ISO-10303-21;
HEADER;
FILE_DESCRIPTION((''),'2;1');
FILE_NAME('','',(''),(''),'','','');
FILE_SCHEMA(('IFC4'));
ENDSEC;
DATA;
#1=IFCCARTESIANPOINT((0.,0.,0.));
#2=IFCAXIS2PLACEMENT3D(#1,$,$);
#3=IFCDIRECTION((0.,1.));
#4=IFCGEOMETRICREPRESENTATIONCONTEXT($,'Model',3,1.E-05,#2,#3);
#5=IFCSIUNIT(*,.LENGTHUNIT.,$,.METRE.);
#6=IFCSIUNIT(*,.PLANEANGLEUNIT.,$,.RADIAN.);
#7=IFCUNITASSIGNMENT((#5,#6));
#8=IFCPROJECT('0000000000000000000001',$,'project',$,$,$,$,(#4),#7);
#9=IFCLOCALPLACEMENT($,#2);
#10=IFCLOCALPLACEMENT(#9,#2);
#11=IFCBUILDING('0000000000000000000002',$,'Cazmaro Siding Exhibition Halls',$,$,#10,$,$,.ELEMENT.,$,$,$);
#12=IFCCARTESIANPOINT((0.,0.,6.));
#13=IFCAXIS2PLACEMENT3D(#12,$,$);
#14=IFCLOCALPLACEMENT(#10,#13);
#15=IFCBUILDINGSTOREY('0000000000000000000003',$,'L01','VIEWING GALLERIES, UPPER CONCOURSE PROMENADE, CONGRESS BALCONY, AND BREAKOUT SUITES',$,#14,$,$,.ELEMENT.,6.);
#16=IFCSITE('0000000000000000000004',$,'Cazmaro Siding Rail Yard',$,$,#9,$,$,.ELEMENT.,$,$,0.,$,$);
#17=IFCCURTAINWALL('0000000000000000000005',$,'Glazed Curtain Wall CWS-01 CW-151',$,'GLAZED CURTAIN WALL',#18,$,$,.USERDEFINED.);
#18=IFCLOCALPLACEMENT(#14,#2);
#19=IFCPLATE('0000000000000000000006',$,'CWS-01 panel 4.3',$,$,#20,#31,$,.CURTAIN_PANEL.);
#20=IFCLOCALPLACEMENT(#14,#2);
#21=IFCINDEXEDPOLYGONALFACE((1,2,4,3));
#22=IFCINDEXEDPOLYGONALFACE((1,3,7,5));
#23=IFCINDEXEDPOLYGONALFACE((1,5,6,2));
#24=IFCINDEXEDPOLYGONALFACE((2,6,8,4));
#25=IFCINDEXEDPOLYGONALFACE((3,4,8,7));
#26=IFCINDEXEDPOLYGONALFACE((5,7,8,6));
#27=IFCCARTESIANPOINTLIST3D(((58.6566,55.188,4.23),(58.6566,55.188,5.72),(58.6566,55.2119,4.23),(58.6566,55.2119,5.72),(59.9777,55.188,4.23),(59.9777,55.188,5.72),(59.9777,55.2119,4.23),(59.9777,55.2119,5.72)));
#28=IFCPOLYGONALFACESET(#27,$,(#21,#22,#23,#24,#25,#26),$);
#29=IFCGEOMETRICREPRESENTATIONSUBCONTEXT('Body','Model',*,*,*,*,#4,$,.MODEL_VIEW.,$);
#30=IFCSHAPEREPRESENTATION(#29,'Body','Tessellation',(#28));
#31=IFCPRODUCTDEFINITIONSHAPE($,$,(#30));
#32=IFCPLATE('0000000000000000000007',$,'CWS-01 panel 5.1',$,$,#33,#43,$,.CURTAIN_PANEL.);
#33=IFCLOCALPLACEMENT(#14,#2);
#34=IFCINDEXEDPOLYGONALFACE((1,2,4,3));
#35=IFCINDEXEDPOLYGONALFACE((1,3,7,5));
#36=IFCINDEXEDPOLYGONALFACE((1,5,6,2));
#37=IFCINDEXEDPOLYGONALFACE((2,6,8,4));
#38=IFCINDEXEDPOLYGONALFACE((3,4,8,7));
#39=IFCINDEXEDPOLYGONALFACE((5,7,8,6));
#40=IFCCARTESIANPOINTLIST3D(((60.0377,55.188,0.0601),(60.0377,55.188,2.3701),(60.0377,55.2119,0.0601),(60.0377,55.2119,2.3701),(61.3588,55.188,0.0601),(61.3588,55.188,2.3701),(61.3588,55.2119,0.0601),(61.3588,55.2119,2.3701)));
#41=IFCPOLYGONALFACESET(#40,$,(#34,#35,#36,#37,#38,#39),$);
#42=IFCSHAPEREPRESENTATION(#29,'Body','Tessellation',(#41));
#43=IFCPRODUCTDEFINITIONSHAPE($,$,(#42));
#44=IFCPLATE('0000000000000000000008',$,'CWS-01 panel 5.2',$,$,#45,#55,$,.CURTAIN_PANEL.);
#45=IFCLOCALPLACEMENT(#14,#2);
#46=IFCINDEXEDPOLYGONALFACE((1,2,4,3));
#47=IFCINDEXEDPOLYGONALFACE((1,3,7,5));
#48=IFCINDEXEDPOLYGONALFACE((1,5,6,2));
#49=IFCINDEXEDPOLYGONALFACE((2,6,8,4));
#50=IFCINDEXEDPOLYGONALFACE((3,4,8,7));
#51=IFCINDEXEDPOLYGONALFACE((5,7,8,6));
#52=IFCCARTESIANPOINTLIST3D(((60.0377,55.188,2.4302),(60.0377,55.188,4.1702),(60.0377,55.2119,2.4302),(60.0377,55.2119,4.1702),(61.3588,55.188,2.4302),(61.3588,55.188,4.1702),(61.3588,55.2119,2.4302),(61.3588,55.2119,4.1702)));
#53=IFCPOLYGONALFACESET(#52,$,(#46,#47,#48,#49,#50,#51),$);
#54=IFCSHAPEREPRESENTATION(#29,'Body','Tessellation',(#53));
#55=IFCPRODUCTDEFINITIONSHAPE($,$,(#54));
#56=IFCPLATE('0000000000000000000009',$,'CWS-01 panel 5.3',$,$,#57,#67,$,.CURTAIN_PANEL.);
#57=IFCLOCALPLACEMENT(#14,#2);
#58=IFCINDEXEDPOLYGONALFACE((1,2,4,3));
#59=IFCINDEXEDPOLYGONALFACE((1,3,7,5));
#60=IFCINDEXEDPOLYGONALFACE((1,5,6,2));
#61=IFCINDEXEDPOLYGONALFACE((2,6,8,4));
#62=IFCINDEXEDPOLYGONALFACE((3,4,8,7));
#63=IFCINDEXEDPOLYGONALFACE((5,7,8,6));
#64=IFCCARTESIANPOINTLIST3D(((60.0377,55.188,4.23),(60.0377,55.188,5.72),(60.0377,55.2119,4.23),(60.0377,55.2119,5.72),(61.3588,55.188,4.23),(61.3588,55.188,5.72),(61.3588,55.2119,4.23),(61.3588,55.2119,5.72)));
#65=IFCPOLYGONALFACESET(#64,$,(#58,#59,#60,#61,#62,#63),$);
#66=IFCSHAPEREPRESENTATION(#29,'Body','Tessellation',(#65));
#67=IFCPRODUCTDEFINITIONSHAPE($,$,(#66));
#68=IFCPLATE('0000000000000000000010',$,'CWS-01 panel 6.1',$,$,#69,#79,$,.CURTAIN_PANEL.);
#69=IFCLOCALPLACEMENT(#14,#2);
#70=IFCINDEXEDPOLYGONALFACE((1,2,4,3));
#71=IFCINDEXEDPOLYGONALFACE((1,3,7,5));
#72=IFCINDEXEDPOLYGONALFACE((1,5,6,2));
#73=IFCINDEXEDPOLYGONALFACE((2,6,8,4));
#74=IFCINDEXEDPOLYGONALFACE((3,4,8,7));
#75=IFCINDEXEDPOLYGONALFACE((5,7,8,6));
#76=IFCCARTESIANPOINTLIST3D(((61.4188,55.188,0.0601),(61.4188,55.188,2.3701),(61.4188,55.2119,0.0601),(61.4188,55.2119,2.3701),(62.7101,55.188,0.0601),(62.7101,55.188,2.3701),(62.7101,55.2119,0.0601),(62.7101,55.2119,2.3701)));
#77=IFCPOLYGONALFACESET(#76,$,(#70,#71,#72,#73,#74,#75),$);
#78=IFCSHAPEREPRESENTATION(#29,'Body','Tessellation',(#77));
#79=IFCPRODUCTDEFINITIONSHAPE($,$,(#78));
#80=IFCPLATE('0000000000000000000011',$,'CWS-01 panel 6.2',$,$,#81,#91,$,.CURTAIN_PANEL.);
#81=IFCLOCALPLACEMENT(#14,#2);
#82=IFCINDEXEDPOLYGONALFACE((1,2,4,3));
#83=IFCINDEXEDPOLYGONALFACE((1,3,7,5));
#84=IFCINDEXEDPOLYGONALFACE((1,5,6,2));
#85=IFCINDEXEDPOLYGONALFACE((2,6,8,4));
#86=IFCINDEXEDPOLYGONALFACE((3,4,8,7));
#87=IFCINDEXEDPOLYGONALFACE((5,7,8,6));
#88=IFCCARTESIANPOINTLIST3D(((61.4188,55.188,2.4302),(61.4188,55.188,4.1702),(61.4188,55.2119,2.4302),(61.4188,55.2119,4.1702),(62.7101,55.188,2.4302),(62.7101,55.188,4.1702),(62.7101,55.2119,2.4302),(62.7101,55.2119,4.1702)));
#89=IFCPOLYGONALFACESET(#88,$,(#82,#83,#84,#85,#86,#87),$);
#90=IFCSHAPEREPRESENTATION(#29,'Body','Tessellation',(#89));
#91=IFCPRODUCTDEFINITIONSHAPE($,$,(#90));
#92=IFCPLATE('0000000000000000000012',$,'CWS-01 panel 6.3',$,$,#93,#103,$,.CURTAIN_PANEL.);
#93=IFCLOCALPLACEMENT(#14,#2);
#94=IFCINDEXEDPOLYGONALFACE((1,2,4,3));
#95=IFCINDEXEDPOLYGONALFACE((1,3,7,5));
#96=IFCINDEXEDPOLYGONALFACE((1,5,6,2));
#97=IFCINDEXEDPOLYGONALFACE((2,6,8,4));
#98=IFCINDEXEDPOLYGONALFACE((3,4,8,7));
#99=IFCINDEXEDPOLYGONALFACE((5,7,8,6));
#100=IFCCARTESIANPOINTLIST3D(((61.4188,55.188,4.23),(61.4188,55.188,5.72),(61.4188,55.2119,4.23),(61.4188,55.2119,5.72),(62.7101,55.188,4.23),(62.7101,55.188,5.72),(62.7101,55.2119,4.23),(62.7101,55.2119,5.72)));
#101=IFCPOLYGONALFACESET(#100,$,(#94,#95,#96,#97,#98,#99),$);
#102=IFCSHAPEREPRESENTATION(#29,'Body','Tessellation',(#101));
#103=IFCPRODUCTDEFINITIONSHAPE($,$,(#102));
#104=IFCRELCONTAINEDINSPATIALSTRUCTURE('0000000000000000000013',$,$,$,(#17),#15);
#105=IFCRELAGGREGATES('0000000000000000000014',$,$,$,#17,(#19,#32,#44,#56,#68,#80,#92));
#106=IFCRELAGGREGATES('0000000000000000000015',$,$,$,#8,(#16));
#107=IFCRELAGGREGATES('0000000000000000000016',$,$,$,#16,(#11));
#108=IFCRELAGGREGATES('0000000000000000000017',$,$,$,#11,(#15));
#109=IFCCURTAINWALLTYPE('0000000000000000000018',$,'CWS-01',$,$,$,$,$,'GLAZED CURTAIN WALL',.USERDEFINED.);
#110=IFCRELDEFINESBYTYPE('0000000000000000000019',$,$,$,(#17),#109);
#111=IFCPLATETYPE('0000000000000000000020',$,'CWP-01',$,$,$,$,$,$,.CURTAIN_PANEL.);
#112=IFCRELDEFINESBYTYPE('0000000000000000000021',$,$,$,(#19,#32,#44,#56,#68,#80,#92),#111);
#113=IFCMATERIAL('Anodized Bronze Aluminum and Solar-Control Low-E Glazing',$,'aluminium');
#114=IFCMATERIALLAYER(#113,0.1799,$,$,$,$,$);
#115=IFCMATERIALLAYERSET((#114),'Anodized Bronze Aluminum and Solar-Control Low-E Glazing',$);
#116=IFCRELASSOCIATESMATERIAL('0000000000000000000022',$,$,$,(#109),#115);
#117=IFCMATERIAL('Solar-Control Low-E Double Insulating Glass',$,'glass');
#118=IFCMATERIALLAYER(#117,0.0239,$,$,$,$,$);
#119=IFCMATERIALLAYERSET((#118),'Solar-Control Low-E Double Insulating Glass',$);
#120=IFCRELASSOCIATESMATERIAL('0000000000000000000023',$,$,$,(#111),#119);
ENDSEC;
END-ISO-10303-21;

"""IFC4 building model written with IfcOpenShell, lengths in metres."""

from ifc_helpers import new_model, si_unit, direction, frame, origin, origin_2d, place, context, subcontext, project, spatial, rectangle, extrude, material, layer, layer_set, type_object, element, aggregate, save


model = new_model("IFC4")

# Units and contexts
model_context = context("Model", 3, precision=1e-05, world=origin(), true_north=direction((0.0, 1.0)))
body_context = subcontext(model_context, "Body", "Model", "MODEL_VIEW")
ifc_project = project(units=[si_unit("LENGTHUNIT", "METRE"), si_unit("PLANEANGLEUNIT", "RADIAN")], contexts=[model_context])

# Site, building, storey
site_placement = place(None, origin())
site = spatial("IfcSite", under=ifc_project, at=site_placement, Name="Cazmaro Siding Rail Yard", CompositionType="ELEMENT", RefElevation=0.0)
building_placement = place(site_placement, origin())
building = spatial("IfcBuilding", under=site, at=building_placement, Name="Cazmaro Siding Exhibition Halls", CompositionType="ELEMENT")
storey_placement = place(building_placement, frame((0.0, 0.0, 6.0)))
storey = spatial("IfcBuildingStorey", under=building, at=storey_placement, Name="L01", Description="VIEWING GALLERIES, UPPER CONCOURSE PROMENADE, CONGRESS BALCONY, AND BREAKOUT SUITES", CompositionType="ELEMENT", Elevation=6.0)

# Curtain wall
ifc_material_1 = material(Name="Anodized Bronze Aluminum and Solar-Control Low-E Glazing", Category="aluminium")
ifc_layer_1 = layer(ifc_material_1, 0.1799)
ifc_layer_set_1 = layer_set([ifc_layer_1], Name="Anodized Bronze Aluminum and Solar-Control Low-E Glazing")
curtain_wall_type = type_object("IfcCurtainWallType", Name="CWS-01", ElementType="GLAZED CURTAIN WALL", PredefinedType="USERDEFINED", material=ifc_layer_set_1)
curtain_wall_1_placement = place(storey_placement, origin())
curtain_wall_1 = element("IfcCurtainWall", 1, at=curtain_wall_1_placement, inside=storey, type_object=curtain_wall_type, Name="Glazed Curtain Wall CWS-01 CW-151", ObjectType="GLAZED CURTAIN WALL", PredefinedType="USERDEFINED")

# Plates
ifc_material_2 = material(Name="Solar-Control Low-E Double Insulating Glass", Category="glass")
ifc_layer_2 = layer(ifc_material_2, 0.0239)
ifc_layer_set_2 = layer_set([ifc_layer_2], Name="Solar-Control Low-E Double Insulating Glass")
plate_type = type_object("IfcPlateType", Name="CWP-01", PredefinedType="CURTAIN_PANEL", material=ifc_layer_set_2)
plate_1_placement = place(storey_placement, frame((59.3171, 55.2, 4.23), z_axis=(0.0, 0.0, 1.0), x_axis=(1.0, 0.0, 0.0)))
plate_1 = element("IfcPlate", 2, at=plate_1_placement, type_object=plate_type, Name="CWS-01 panel 4.3", PredefinedType="CURTAIN_PANEL", context=body_context, shape_type="SweptSolid", body=[
    extrude(rectangle(XDim=1.321, YDim=0.0239, at=origin_2d()), origin(), (0.0, 0.0, 1.0), 1.49),
])
plate_2_placement = place(storey_placement, frame((60.6982, 55.2, 0.0601), z_axis=(0.0, 0.0, 1.0), x_axis=(1.0, 0.0, 0.0)))
plate_2 = element("IfcPlate", 3, at=plate_2_placement, type_object=plate_type, Name="CWS-01 panel 5.1", PredefinedType="CURTAIN_PANEL", context=body_context, shape_type="SweptSolid", body=[
    extrude(rectangle(XDim=1.321, YDim=0.0239, at=origin_2d()), origin(), (0.0, 0.0, 1.0), 2.3101),
])
plate_3_placement = place(storey_placement, frame((60.6982, 55.2, 2.4302), z_axis=(0.0, 0.0, 1.0), x_axis=(1.0, 0.0, 0.0)))
plate_3 = element("IfcPlate", 4, at=plate_3_placement, type_object=plate_type, Name="CWS-01 panel 5.2", PredefinedType="CURTAIN_PANEL", context=body_context, shape_type="SweptSolid", body=[
    extrude(rectangle(XDim=1.321, YDim=0.0239, at=origin_2d()), origin(), (0.0, 0.0, 1.0), 1.74),
])
plate_4_placement = place(storey_placement, frame((60.6982, 55.2, 4.23), z_axis=(0.0, 0.0, 1.0), x_axis=(1.0, 0.0, 0.0)))
plate_4 = element("IfcPlate", 5, at=plate_4_placement, type_object=plate_type, Name="CWS-01 panel 5.3", PredefinedType="CURTAIN_PANEL", context=body_context, shape_type="SweptSolid", body=[
    extrude(rectangle(XDim=1.321, YDim=0.0239, at=origin_2d()), origin(), (0.0, 0.0, 1.0), 1.49),
])
plate_5_placement = place(storey_placement, frame((62.0645, 55.2, 0.0601), z_axis=(0.0, 0.0, 1.0), x_axis=(1.0, 0.0, 0.0)))
plate_5 = element("IfcPlate", 6, at=plate_5_placement, type_object=plate_type, Name="CWS-01 panel 6.1", PredefinedType="CURTAIN_PANEL", context=body_context, shape_type="SweptSolid", body=[
    extrude(rectangle(XDim=1.2913, YDim=0.0239, at=origin_2d()), origin(), (0.0, 0.0, 1.0), 2.3101),
])
plate_6_placement = place(storey_placement, frame((62.0645, 55.2, 2.4302), z_axis=(0.0, 0.0, 1.0), x_axis=(1.0, 0.0, 0.0)))
plate_6 = element("IfcPlate", 7, at=plate_6_placement, type_object=plate_type, Name="CWS-01 panel 6.2", PredefinedType="CURTAIN_PANEL", context=body_context, shape_type="SweptSolid", body=[
    extrude(rectangle(XDim=1.2913, YDim=0.0239, at=origin_2d()), origin(), (0.0, 0.0, 1.0), 1.74),
])
plate_7_placement = place(storey_placement, frame((62.0645, 55.2, 4.23), z_axis=(0.0, 0.0, 1.0), x_axis=(1.0, 0.0, 0.0)))
plate_7 = element("IfcPlate", 8, at=plate_7_placement, type_object=plate_type, Name="CWS-01 panel 6.3", PredefinedType="CURTAIN_PANEL", context=body_context, shape_type="SweptSolid", body=[
    extrude(rectangle(XDim=1.2913, YDim=0.0239, at=origin_2d()), origin(), (0.0, 0.0, 1.0), 1.49),
])
aggregate(curtain_wall_1, [plate_1, plate_2, plate_3, plate_4, plate_5, plate_6, plate_7])

save(model, "model.ifc")
